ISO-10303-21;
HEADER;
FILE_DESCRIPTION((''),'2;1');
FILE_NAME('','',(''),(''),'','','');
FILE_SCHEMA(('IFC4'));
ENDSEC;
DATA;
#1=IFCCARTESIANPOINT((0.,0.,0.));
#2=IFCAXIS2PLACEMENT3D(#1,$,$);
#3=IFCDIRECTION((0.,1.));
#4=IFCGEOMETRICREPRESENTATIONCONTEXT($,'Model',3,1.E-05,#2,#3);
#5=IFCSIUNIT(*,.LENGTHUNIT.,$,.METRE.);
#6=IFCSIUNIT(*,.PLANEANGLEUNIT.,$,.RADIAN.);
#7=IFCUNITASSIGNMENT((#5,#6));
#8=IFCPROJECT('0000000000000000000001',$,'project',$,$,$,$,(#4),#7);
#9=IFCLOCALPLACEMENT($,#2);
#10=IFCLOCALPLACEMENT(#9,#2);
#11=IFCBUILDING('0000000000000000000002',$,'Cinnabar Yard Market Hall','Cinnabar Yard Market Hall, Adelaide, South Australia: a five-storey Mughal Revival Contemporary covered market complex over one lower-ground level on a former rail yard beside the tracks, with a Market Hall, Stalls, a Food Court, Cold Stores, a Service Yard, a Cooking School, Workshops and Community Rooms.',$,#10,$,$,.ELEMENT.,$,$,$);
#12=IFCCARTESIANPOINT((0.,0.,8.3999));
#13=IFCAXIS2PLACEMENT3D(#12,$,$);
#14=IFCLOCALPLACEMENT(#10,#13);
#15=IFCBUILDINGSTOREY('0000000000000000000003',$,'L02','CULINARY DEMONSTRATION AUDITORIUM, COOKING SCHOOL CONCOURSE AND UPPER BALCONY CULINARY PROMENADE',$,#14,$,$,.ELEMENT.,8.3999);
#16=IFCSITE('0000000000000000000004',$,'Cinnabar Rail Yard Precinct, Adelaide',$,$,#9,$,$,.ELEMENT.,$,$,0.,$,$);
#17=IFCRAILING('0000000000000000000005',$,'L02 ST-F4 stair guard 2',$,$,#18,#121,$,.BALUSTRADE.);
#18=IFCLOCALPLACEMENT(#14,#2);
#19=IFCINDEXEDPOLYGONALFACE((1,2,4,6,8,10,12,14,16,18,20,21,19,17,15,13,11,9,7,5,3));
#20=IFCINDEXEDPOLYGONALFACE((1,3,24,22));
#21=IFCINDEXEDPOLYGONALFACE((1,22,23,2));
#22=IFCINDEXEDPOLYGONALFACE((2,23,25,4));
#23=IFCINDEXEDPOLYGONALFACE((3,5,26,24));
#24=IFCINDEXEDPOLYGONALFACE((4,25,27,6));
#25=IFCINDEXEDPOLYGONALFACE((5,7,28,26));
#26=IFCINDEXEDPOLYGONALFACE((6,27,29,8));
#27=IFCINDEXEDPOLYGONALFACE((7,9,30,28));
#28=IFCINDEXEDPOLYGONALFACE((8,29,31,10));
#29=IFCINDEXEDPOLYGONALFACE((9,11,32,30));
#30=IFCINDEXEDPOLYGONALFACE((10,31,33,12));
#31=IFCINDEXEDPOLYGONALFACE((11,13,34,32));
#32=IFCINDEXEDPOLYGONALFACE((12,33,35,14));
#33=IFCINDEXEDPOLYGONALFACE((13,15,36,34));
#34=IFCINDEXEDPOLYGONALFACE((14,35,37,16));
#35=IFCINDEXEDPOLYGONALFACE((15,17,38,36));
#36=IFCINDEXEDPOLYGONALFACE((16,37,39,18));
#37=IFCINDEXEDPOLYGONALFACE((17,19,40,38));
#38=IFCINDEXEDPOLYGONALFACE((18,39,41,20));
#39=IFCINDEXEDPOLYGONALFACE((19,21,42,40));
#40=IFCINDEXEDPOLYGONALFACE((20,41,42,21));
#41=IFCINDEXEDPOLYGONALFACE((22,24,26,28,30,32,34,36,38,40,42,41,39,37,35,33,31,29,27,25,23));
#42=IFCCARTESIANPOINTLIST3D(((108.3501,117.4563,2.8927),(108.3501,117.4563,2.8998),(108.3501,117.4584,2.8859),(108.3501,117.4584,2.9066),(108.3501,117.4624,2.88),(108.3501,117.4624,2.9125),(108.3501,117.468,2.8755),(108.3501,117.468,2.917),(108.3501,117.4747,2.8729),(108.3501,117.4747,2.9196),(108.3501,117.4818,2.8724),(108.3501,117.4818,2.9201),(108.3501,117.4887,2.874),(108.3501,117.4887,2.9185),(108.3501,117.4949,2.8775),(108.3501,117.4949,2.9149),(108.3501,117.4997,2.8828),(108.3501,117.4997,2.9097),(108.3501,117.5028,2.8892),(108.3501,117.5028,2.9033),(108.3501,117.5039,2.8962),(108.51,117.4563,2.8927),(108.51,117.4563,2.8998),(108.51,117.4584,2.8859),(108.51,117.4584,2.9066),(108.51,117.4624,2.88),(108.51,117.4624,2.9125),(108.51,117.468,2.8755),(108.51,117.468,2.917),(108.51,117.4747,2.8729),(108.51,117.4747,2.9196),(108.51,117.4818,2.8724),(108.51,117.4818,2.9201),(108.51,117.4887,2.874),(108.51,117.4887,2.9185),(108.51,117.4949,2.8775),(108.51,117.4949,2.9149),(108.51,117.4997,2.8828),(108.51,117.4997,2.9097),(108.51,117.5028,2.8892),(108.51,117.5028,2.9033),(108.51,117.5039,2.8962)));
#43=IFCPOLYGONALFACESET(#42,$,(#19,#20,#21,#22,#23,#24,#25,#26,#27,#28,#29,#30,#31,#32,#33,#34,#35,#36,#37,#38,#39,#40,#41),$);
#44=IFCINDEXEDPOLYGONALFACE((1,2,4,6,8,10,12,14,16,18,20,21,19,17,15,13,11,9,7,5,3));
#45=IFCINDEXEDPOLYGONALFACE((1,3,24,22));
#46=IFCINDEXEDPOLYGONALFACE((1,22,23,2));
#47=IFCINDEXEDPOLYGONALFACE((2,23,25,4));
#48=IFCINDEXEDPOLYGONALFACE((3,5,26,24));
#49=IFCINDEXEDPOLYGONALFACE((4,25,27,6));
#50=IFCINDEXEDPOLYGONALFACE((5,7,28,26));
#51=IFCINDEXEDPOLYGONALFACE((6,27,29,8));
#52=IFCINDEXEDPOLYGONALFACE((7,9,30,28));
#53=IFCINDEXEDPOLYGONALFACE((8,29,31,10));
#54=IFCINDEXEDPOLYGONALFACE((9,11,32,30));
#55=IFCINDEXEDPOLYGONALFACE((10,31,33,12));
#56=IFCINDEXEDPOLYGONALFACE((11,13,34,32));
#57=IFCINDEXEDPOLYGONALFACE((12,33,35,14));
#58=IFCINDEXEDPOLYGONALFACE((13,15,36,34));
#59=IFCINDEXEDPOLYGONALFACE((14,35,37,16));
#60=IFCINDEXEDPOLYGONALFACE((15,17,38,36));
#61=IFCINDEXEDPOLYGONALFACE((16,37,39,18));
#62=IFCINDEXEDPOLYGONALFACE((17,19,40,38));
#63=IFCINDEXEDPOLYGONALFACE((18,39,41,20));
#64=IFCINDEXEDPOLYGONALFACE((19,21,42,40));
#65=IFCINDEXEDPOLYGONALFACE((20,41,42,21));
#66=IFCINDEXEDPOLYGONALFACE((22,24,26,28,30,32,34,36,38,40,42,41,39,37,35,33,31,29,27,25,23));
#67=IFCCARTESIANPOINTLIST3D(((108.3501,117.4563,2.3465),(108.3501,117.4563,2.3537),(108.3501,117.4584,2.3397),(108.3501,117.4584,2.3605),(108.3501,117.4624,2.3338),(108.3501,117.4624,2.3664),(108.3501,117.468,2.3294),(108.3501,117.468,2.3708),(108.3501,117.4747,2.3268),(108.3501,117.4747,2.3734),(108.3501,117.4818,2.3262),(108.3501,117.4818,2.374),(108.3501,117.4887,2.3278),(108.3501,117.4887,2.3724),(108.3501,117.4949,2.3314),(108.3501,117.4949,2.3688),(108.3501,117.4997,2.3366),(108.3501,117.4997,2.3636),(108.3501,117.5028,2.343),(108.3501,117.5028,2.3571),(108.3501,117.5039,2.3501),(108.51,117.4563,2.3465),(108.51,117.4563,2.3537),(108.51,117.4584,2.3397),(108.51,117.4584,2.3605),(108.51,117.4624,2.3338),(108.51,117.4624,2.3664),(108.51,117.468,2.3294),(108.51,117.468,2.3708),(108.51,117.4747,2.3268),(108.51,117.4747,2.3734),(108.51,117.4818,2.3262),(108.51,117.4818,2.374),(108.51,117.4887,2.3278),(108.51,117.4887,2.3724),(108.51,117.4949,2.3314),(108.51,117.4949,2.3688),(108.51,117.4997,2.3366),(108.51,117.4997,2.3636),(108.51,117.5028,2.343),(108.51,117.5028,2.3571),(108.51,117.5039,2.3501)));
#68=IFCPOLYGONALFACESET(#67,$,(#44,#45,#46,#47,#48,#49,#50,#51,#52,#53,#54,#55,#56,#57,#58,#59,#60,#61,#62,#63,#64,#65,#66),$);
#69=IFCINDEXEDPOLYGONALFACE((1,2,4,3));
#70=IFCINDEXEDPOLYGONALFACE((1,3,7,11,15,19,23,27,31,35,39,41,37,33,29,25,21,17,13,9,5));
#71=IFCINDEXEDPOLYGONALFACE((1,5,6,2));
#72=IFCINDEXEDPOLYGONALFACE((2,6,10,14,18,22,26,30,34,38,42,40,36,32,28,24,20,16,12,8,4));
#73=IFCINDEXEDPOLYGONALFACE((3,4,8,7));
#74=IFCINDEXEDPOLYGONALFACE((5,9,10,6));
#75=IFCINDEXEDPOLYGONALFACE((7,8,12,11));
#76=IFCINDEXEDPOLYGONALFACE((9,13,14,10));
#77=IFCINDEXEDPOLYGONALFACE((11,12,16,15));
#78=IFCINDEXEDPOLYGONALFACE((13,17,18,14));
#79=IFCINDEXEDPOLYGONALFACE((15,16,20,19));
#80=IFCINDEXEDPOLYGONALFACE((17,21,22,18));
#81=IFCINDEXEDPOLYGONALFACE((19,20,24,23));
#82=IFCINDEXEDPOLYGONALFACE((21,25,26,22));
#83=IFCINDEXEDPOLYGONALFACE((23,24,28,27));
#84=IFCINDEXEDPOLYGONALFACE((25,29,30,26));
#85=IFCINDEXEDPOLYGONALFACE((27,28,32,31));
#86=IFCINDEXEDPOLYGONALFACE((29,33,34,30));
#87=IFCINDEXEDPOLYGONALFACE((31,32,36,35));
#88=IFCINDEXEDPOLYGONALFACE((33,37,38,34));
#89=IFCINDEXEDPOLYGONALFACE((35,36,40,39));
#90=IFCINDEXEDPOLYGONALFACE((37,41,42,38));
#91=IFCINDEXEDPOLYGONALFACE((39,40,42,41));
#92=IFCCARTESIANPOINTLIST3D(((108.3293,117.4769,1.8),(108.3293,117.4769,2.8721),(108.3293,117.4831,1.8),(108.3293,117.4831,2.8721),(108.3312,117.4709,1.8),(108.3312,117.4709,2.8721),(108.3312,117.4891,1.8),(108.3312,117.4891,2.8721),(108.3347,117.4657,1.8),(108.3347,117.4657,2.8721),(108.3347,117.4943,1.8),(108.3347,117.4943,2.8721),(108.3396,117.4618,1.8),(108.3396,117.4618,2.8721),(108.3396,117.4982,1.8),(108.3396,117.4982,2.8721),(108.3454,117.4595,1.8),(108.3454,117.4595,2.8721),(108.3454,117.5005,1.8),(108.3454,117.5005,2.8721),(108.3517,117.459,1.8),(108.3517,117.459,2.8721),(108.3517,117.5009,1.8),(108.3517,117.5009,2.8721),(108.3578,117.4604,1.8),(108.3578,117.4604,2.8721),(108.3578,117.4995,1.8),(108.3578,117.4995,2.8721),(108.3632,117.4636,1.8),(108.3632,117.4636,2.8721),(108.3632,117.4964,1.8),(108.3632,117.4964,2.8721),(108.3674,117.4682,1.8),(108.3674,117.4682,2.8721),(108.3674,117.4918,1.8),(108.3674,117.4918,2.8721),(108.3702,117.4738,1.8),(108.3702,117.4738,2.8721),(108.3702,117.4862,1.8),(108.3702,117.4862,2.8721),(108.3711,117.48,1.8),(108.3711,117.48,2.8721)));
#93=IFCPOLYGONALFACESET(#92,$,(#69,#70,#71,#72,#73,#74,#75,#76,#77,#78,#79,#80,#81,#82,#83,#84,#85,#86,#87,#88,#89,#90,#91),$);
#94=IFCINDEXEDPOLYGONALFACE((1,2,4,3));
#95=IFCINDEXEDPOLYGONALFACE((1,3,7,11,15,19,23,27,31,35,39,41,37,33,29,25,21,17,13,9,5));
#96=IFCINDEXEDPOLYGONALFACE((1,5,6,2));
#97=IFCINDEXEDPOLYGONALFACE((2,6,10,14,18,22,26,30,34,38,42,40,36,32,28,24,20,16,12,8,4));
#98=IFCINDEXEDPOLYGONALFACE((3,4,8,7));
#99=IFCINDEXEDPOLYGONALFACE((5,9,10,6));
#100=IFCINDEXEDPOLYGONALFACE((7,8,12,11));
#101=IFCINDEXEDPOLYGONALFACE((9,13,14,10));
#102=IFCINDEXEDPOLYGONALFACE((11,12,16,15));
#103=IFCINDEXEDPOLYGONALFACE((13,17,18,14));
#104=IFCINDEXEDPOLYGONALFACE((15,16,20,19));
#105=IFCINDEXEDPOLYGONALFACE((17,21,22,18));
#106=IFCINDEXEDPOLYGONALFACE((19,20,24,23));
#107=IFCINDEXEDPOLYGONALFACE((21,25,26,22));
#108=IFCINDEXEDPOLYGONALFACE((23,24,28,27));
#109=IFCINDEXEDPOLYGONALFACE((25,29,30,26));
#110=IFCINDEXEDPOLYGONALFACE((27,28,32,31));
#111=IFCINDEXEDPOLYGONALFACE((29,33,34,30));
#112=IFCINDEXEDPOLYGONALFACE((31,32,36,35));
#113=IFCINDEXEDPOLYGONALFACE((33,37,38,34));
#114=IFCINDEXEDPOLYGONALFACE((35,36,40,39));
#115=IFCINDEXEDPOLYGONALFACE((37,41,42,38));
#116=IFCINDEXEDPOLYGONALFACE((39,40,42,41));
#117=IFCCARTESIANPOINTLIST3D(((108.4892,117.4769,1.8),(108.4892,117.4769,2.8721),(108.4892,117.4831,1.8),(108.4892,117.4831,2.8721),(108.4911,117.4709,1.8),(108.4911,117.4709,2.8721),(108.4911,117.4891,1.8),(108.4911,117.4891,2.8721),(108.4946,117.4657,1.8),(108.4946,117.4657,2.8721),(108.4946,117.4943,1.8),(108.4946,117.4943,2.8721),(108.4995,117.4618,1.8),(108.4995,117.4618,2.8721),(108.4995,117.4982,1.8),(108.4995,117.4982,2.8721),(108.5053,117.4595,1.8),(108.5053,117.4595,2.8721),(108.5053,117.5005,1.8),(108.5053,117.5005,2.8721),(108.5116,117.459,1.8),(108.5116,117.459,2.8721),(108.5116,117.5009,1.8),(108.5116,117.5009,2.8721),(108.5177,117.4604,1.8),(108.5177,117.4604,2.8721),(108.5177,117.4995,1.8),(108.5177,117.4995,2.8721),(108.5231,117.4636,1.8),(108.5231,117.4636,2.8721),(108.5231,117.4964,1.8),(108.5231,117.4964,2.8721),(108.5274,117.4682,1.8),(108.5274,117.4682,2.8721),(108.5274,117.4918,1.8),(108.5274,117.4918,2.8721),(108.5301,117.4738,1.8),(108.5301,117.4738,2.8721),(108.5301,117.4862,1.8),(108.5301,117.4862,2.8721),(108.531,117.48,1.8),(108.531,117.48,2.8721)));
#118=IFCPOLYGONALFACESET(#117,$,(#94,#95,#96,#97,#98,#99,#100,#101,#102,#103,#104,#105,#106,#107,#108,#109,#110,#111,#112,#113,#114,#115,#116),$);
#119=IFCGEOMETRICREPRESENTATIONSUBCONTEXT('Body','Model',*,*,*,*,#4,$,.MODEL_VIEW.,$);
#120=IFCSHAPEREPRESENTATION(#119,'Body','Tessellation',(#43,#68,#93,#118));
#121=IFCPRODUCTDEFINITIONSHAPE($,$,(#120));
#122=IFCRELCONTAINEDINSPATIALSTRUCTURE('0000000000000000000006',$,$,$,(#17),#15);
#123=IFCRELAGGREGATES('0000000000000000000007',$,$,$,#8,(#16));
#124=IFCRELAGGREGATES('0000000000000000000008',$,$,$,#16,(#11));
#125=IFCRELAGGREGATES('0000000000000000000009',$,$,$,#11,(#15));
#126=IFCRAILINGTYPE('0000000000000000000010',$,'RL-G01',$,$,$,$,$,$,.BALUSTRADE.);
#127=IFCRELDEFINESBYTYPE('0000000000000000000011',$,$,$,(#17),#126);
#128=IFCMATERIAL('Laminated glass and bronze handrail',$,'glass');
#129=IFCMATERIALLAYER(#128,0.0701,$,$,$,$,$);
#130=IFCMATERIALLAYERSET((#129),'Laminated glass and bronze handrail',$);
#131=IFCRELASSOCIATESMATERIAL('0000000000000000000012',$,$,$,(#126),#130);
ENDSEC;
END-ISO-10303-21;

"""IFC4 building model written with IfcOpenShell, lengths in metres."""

from ifc_helpers import new_model, si_unit, direction, frame, origin, origin_2d_with_axis, place, context, subcontext, project, spatial, circle, extrude, material, layer, layer_set, type_object, element, save


model = new_model("IFC4")

# Units and contexts
model_context = context("Model", 3, precision=1e-05, world=origin(), true_north=direction((0.0, 1.0)))
body_context = subcontext(model_context, "Body", "Model", "MODEL_VIEW")
ifc_project = project(units=[si_unit("LENGTHUNIT", "METRE"), si_unit("PLANEANGLEUNIT", "RADIAN")], contexts=[model_context])

# Site, building, storey
site_placement = place(None, origin())
site = spatial("IfcSite", under=ifc_project, at=site_placement, Name="Cinnabar Rail Yard Precinct, Adelaide", CompositionType="ELEMENT", RefElevation=0.0)
building_placement = place(site_placement, origin())
building = spatial("IfcBuilding", under=site, at=building_placement, Name="Cinnabar Yard Market Hall", Description="Cinnabar Yard Market Hall, Adelaide, South Australia: a five-storey Mughal Revival Contemporary covered market complex over one lower-ground level on a former rail yard beside the tracks, with a Market Hall, Stalls, a Food Court, Cold Stores, a Service Yard, a Cooking School, Workshops and Community Rooms.", CompositionType="ELEMENT")
storey_placement = place(building_placement, frame((0.0, 0.0, 8.3999)))
storey = spatial("IfcBuildingStorey", under=building, at=storey_placement, Name="L02", Description="CULINARY DEMONSTRATION AUDITORIUM, COOKING SCHOOL CONCOURSE AND UPPER BALCONY CULINARY PROMENADE", CompositionType="ELEMENT", Elevation=8.3999)

# Railing
ifc_material_1 = material(Name="Laminated glass and bronze handrail", Category="glass")
ifc_layer_1 = layer(ifc_material_1, 0.0701)
ifc_layer_set_1 = layer_set([ifc_layer_1], Name="Laminated glass and bronze handrail")
railing_type_1 = type_object("IfcRailingType", Name="RL-G01", PredefinedType="BALUSTRADE", material=ifc_layer_set_1)
railing_1_placement = place(storey_placement, frame((108.3501, 117.48, 1.8)))
element("IfcRailing", 1, at=railing_1_placement, inside=storey, type_object=railing_type_1, Name="L02 ST-F4 stair guard 2", PredefinedType="BALUSTRADE", context=body_context, shape_type="SweptSolid", body=[
    extrude(circle(Radius=0.0239, at=origin_2d_with_axis()), frame((0.0, 0.0, 1.0962), z_axis=(1.0, 0.0, 0.0), x_axis=(0.0, 1.0, 0.0)), (0.0, 0.0, 1.0), 0.1599),
    extrude(circle(Radius=0.0239, at=origin_2d_with_axis()), frame((0.0, 0.0, 0.55), z_axis=(1.0, 0.0, 0.0), x_axis=(0.0, 1.0, 0.0)), (0.0, 0.0, 1.0), 0.1599),
    extrude(circle(Radius=0.021, at=origin_2d_with_axis()), origin(), (0.0, 0.0, 1.0), 1.072),
    extrude(circle(Radius=0.021, at=origin_2d_with_axis()), frame((0.1599, 0.0, 0.0)), (0.0, 0.0, 1.0), 1.072),
])

save(model, "model.ifc")
